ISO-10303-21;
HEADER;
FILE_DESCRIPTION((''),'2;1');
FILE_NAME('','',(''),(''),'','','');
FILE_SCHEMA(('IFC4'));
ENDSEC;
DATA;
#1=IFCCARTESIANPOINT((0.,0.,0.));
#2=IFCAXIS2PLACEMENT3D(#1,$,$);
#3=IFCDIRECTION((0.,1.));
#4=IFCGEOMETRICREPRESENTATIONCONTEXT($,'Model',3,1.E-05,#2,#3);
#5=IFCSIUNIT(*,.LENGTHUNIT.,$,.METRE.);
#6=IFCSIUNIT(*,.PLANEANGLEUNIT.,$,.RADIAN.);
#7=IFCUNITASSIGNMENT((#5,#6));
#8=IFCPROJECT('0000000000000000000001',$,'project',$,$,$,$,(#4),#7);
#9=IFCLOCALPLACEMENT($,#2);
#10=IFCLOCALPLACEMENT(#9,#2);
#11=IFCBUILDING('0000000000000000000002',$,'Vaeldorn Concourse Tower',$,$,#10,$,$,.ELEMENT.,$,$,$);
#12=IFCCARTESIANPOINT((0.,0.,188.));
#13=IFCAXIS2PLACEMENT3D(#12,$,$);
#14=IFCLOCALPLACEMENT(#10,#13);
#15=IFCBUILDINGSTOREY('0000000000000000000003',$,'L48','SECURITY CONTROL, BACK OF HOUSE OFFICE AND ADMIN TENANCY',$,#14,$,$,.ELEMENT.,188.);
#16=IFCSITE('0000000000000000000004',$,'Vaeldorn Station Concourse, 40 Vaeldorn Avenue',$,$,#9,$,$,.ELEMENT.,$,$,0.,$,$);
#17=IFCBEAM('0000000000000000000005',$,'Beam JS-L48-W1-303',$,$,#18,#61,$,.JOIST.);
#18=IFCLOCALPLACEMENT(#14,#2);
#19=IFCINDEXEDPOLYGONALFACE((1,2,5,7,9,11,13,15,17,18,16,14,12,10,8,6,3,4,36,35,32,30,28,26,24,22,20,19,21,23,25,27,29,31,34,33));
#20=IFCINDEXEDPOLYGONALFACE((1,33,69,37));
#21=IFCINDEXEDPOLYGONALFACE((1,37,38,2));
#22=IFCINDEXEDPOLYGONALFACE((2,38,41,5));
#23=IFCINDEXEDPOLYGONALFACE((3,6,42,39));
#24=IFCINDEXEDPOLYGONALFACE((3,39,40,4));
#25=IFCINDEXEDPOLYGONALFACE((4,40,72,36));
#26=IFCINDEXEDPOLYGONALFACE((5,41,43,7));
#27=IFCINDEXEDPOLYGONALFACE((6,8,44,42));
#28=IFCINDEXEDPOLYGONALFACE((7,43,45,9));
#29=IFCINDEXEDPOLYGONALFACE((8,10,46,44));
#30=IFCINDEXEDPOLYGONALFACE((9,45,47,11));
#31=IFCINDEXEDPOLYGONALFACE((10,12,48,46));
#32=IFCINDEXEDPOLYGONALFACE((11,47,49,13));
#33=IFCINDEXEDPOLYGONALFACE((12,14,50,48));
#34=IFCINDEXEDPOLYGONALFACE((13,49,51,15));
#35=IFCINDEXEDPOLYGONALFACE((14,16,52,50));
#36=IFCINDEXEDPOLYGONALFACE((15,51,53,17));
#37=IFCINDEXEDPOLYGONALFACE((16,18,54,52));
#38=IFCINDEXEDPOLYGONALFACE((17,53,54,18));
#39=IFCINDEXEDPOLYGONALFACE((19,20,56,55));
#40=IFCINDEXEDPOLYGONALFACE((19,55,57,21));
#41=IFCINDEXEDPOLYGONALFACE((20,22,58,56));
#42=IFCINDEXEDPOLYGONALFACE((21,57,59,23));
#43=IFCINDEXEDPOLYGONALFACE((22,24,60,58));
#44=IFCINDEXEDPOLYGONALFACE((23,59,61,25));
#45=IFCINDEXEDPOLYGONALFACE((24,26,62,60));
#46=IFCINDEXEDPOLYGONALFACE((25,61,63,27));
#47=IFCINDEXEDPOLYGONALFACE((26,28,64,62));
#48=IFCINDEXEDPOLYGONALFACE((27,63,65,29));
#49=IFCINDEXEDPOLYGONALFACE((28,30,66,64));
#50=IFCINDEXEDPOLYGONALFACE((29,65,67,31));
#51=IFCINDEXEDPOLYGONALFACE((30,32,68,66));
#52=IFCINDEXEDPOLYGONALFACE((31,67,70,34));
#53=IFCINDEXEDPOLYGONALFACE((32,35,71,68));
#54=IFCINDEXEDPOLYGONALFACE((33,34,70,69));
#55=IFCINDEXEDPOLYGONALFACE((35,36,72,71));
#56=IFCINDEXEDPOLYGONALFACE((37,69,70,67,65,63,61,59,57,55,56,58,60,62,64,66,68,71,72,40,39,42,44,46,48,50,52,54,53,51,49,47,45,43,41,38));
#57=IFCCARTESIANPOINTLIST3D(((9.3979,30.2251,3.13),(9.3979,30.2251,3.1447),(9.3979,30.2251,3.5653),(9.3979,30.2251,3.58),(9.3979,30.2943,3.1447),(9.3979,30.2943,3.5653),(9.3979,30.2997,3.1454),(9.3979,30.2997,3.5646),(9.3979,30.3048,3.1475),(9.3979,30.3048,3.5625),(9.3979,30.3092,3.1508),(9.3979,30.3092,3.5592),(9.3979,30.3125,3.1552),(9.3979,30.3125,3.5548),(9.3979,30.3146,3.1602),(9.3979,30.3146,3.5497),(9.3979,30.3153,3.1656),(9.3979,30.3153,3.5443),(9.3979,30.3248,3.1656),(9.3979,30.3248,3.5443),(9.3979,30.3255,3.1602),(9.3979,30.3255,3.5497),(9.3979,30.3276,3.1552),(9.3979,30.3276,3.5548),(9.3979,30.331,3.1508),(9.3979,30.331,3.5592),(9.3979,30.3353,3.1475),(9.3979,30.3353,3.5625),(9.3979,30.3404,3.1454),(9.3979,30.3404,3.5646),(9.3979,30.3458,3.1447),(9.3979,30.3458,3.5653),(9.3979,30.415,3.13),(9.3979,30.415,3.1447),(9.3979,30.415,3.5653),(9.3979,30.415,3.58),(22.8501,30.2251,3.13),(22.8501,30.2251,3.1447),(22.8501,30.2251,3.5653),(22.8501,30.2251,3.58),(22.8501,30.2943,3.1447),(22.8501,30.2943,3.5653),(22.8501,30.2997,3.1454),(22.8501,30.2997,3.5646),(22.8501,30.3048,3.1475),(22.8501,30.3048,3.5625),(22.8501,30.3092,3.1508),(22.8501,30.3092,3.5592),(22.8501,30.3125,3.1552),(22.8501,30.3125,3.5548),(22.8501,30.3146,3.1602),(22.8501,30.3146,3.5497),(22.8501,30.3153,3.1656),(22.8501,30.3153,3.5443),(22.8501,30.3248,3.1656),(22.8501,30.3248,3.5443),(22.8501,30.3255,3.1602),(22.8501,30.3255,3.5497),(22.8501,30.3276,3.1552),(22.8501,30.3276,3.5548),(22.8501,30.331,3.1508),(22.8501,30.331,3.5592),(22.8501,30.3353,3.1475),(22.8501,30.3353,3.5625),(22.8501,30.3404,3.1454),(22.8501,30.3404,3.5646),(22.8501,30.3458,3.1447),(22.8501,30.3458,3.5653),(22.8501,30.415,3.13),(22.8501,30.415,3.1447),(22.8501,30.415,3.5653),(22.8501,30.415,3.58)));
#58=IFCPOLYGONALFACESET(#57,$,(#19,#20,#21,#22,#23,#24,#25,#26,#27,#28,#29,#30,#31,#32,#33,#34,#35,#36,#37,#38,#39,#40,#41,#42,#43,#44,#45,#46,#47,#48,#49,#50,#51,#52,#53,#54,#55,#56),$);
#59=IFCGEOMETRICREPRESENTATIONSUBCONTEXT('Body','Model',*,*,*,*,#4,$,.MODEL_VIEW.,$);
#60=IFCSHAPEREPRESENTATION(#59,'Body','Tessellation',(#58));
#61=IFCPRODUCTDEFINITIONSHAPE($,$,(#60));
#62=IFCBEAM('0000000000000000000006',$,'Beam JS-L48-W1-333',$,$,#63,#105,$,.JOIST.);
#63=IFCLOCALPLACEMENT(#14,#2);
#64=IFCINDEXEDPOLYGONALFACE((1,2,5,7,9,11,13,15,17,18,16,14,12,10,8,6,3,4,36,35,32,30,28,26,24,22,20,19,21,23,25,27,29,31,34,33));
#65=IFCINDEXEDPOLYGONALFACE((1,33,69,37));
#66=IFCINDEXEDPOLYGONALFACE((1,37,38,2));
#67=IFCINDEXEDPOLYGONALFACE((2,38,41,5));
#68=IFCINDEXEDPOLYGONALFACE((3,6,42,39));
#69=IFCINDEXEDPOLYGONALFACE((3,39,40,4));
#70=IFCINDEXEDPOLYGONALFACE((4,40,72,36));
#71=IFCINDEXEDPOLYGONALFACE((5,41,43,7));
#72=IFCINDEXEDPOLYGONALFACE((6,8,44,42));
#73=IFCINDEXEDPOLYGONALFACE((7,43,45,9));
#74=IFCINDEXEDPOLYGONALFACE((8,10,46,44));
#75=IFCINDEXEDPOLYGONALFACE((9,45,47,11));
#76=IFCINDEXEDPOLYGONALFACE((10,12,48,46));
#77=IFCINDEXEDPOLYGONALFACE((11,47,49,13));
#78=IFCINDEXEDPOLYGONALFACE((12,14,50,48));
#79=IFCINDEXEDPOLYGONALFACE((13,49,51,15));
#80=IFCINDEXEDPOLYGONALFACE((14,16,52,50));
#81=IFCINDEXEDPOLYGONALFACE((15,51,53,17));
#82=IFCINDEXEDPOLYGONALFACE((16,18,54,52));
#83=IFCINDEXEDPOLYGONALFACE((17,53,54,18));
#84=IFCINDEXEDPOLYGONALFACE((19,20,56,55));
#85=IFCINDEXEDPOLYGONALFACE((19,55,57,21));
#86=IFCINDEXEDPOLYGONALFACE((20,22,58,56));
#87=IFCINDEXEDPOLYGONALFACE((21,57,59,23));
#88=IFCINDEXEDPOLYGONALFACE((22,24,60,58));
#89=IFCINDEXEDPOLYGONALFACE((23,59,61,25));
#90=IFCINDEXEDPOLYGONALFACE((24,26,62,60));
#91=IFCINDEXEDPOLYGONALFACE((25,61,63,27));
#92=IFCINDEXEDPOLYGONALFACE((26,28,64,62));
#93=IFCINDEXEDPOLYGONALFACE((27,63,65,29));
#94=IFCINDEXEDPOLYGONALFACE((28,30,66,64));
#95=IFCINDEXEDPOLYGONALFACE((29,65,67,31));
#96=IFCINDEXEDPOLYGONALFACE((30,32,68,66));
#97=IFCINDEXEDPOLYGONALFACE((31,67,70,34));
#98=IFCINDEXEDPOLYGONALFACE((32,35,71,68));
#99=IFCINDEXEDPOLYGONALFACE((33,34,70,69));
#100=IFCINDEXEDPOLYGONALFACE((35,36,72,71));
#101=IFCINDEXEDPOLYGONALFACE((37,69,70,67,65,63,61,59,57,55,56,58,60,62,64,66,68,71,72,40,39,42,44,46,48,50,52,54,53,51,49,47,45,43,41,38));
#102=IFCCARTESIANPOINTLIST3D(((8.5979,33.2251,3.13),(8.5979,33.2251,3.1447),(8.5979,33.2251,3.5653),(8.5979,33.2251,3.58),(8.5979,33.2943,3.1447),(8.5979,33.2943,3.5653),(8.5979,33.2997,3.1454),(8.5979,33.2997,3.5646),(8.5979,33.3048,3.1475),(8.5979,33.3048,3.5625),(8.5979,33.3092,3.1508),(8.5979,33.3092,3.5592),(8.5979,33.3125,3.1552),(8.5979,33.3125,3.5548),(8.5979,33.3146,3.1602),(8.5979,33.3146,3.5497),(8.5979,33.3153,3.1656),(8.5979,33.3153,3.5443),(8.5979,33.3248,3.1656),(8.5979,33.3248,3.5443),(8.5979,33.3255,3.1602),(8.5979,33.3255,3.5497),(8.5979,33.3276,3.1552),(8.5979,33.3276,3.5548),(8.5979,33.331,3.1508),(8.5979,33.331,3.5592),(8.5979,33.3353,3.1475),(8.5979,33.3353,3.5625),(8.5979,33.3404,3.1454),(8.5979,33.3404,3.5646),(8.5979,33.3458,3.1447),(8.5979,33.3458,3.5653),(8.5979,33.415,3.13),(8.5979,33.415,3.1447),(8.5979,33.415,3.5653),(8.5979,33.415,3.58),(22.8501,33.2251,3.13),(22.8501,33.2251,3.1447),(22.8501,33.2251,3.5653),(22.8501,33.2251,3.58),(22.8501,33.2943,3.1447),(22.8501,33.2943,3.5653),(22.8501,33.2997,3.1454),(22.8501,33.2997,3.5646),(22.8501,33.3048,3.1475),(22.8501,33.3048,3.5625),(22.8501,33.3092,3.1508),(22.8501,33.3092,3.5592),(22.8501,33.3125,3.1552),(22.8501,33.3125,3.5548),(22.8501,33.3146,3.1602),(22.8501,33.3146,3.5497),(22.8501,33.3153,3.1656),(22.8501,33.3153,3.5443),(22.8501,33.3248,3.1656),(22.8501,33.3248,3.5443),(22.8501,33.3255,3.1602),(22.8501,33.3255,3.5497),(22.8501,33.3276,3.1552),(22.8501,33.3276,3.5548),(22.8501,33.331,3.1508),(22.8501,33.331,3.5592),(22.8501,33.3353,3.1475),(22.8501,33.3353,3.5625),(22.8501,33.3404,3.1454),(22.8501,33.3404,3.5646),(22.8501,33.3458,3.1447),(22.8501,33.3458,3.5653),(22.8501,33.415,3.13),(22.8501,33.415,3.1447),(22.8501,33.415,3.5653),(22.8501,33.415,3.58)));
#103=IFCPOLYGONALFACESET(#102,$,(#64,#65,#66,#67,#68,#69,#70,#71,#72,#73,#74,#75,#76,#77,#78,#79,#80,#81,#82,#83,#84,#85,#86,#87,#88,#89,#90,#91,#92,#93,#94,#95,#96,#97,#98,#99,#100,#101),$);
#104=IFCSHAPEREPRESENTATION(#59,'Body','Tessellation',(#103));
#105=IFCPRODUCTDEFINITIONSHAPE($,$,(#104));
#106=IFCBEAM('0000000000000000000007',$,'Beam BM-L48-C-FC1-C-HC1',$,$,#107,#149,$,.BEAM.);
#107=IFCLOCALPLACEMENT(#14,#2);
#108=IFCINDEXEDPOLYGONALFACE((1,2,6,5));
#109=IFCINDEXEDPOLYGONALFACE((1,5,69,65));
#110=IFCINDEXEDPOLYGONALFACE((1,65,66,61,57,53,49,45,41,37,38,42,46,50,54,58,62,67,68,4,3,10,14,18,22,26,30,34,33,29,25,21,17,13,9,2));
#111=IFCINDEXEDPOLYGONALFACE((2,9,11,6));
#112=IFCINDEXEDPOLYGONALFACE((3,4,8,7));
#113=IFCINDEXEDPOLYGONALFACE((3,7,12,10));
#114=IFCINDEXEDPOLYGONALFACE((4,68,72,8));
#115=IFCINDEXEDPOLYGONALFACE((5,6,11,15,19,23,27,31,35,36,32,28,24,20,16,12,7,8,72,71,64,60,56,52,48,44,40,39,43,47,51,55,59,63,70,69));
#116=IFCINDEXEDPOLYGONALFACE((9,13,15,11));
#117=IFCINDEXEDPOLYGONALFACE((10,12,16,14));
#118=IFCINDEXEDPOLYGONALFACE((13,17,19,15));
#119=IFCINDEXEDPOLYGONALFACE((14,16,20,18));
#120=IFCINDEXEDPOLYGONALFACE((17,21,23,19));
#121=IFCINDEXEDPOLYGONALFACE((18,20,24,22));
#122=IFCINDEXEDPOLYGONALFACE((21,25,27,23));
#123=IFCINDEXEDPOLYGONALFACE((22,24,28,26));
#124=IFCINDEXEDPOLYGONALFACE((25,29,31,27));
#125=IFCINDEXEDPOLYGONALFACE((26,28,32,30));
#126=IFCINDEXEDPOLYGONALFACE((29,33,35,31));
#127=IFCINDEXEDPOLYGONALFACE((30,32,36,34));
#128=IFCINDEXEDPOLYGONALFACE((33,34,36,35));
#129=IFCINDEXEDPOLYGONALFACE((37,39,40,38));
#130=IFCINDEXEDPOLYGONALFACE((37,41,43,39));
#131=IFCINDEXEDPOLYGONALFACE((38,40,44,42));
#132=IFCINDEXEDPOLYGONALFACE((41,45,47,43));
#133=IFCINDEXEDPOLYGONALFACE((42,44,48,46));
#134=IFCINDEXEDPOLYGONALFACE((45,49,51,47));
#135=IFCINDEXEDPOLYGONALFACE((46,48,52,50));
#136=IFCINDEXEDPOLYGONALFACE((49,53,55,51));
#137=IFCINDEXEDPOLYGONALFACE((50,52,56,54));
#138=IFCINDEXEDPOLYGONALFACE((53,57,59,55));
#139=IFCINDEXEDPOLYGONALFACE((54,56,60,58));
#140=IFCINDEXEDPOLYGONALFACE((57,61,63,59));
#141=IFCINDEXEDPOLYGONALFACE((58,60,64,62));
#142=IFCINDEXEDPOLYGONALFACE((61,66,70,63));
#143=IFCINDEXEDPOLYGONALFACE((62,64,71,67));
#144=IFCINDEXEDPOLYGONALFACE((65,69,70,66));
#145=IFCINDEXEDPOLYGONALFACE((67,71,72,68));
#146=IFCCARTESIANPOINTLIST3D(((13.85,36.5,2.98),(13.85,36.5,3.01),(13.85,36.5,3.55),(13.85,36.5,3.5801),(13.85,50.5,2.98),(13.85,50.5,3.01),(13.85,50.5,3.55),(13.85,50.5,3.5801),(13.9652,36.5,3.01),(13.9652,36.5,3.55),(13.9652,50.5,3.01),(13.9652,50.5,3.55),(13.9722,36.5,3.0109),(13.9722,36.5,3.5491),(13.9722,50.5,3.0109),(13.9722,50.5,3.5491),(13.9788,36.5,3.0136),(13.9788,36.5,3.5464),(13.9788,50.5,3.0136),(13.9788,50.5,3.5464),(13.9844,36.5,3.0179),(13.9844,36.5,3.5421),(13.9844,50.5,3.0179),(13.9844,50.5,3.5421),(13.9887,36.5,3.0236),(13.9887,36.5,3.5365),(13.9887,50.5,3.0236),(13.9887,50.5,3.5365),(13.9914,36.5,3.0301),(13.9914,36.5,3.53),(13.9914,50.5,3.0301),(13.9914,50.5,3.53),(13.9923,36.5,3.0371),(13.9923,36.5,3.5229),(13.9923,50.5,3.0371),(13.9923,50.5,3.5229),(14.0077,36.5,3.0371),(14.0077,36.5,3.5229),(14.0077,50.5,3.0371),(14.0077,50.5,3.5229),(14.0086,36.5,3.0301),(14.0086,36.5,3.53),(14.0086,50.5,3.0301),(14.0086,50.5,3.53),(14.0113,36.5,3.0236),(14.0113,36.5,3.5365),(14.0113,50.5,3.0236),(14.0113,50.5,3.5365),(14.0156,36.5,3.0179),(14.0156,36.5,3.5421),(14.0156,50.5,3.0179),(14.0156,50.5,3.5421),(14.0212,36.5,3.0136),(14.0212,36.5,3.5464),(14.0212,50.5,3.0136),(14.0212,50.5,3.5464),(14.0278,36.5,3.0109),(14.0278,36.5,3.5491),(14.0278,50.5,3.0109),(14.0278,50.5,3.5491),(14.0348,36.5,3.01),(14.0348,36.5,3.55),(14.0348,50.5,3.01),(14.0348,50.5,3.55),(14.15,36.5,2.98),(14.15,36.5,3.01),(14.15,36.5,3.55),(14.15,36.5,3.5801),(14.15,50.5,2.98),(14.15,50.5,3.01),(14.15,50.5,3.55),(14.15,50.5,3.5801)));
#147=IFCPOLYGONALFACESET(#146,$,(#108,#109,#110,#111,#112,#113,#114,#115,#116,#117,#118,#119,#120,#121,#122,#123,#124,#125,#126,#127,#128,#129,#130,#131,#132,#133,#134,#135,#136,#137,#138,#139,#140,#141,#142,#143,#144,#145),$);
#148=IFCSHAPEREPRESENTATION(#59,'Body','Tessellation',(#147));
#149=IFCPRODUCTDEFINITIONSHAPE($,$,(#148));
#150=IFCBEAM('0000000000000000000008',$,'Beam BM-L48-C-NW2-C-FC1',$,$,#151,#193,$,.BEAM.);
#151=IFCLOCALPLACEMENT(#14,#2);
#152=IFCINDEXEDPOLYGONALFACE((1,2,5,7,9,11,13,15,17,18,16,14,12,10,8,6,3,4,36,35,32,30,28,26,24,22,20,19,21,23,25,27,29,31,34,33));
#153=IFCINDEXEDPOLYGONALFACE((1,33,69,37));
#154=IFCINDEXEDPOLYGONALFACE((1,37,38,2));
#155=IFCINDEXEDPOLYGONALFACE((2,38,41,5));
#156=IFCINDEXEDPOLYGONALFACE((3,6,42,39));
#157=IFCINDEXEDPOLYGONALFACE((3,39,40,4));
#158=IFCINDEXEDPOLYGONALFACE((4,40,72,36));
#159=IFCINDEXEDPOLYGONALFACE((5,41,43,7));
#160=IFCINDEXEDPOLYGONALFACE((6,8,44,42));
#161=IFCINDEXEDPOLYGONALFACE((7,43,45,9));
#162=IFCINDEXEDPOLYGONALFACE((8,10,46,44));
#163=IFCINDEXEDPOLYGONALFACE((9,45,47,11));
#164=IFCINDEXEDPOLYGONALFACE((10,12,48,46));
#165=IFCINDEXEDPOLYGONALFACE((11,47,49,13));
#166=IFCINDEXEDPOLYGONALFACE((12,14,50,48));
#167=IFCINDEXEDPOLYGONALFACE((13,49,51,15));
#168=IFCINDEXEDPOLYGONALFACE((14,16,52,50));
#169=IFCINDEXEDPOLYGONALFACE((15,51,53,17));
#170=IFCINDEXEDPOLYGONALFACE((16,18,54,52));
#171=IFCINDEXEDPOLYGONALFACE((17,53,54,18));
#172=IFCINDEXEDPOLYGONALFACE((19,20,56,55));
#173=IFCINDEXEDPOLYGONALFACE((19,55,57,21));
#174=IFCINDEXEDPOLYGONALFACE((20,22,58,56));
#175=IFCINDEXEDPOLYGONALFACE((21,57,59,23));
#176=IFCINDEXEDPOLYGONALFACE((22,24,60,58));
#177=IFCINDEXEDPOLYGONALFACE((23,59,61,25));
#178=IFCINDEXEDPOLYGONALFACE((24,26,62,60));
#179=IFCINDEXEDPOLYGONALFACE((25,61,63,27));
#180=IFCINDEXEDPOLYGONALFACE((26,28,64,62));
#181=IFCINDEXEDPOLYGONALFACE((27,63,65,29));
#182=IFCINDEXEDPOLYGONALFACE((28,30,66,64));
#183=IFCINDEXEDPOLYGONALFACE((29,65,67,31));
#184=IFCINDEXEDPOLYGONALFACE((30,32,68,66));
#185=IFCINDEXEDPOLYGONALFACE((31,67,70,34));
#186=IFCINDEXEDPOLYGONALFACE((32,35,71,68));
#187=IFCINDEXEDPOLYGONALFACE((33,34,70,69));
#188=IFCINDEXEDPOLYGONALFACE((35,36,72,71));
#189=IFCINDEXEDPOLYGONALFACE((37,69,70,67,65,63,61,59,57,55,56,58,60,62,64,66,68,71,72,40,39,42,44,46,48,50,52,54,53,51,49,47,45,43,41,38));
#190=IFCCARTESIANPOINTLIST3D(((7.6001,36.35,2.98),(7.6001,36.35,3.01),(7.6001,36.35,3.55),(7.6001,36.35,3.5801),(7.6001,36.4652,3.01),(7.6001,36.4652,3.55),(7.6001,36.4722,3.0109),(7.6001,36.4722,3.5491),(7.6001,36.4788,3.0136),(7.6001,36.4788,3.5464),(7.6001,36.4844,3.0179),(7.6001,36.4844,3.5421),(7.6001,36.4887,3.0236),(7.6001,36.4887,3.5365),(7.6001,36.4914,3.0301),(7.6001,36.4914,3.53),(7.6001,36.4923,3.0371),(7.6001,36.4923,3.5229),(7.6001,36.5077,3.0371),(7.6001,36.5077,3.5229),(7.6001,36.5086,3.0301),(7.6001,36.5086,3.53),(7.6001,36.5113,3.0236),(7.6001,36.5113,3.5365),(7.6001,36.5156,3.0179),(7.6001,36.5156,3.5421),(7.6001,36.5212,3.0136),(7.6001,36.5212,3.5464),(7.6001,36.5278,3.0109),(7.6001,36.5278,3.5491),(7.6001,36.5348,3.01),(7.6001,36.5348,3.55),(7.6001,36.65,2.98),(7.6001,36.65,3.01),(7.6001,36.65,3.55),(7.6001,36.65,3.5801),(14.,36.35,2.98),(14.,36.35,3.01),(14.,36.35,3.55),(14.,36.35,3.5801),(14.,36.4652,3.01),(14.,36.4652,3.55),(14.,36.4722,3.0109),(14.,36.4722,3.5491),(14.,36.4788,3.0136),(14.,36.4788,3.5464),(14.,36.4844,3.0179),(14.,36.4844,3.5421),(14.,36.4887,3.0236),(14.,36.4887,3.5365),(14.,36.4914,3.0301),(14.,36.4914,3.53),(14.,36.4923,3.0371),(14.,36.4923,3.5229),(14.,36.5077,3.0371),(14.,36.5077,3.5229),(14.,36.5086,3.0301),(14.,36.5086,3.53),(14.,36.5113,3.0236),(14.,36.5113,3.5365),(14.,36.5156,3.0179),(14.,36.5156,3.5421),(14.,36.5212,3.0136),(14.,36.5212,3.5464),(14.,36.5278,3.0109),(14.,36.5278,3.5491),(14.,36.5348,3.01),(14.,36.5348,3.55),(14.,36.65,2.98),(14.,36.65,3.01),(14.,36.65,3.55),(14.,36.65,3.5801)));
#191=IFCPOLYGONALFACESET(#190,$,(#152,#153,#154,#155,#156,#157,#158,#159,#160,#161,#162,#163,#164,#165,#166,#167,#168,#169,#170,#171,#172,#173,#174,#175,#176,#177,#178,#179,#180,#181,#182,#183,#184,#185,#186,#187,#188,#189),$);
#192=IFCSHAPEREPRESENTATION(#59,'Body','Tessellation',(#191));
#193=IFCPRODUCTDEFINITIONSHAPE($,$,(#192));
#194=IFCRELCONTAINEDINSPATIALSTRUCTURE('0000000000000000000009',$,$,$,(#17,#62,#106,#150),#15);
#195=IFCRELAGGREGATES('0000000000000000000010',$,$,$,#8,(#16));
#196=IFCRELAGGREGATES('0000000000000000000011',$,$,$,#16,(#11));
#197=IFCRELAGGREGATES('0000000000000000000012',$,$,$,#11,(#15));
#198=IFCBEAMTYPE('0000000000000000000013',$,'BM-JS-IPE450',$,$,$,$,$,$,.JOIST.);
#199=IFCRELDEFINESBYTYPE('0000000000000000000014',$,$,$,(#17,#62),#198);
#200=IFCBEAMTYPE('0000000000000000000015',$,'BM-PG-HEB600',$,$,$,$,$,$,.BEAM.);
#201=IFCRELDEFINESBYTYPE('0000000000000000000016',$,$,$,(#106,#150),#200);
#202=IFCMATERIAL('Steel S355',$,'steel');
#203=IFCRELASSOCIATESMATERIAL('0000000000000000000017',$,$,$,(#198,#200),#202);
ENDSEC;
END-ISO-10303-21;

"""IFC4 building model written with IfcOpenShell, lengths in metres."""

from ifc_helpers import new_model, si_unit, direction, frame, origin, origin_2d, place, context, subcontext, project, spatial, i_section, extrude, source, transform, mapped, material, material_profile, profile_set, type_object, element, save


model = new_model("IFC4")

# Units and contexts
model_context = context("Model", 3, precision=1e-05, world=origin(), true_north=direction((0.0, 1.0)))
body_context = subcontext(model_context, "Body", "Model", "MODEL_VIEW")
ifc_project = project(units=[si_unit("LENGTHUNIT", "METRE"), si_unit("PLANEANGLEUNIT", "RADIAN")], contexts=[model_context])

# Site, building, storey
site_placement = place(None, origin())
site = spatial("IfcSite", under=ifc_project, at=site_placement, Name="Vaeldorn Station Concourse, 40 Vaeldorn Avenue", CompositionType="ELEMENT", RefElevation=0.0)
building_placement = place(site_placement, origin())
building = spatial("IfcBuilding", under=site, at=building_placement, Name="Vaeldorn Concourse Tower", CompositionType="ELEMENT")
storey_placement = place(building_placement, frame((0.0, 0.0, 188.0)))
storey = spatial("IfcBuildingStorey", under=building, at=storey_placement, Name="L48", Description="SECURITY CONTROL, BACK OF HOUSE OFFICE AND ADMIN TENANCY", CompositionType="ELEMENT", Elevation=188.0)

# Beams
ifc_material_1 = material(Name="Steel S355", Category="steel")
ifc_material_profile_1 = material_profile(ifc_material_1, i_section(OverallWidth=0.1899, OverallDepth=0.45, WebThickness=0.0095, FlangeThickness=0.0146, FilletRadius=0.021, at=origin_2d()), Name="IPE 450")
ifc_profile_set_1 = profile_set([ifc_material_profile_1], Name="Steel S355")
beam_type_1 = type_object("IfcBeamType", Name="BM-JS-IPE450", PredefinedType="JOIST", material=ifc_profile_set_1)
shared_shape_1 = source(origin(), body_context, "Body", "SweptSolid", [
    extrude(i_section(OverallWidth=0.1899, OverallDepth=0.45, WebThickness=0.0095, FlangeThickness=0.0146, FilletRadius=0.021, at=origin_2d()), origin(), (0.0, 0.0, 1.0), 13.4521),
])
beam_1_placement = place(storey_placement, frame((9.3979, 30.3201, 3.355), z_axis=(1.0, 0.0, 0.0), x_axis=(0.0, 1.0, 0.0)))
element("IfcBeam", 1, at=beam_1_placement, inside=storey, type_object=beam_type_1, Name="Beam JS-L48-W1-303", PredefinedType="JOIST", context=body_context, shape_type="MappedRepresentation", body=[
    mapped(shared_shape_1, transform((0.0, 0.0, 0.0), scale=1.0)),
])
shared_shape_2 = source(origin(), body_context, "Body", "SweptSolid", [
    extrude(i_section(OverallWidth=0.1899, OverallDepth=0.45, WebThickness=0.0095, FlangeThickness=0.0146, FilletRadius=0.021, at=origin_2d()), origin(), (0.0, 0.0, 1.0), 14.2522),
])
beam_2_placement = place(storey_placement, frame((8.5979, 33.3201, 3.355), z_axis=(1.0, 0.0, 0.0), x_axis=(0.0, 1.0, 0.0)))
element("IfcBeam", 2, at=beam_2_placement, inside=storey, type_object=beam_type_1, Name="Beam JS-L48-W1-333", PredefinedType="JOIST", context=body_context, shape_type="MappedRepresentation", body=[
    mapped(shared_shape_2, transform((0.0, 0.0, 0.0), scale=1.0)),
])
ifc_material_profile_2 = material_profile(ifc_material_1, i_section(OverallWidth=0.3, OverallDepth=0.6001, WebThickness=0.0154, FlangeThickness=0.03, FilletRadius=0.0271, at=origin_2d()), Name="HEB 600")
ifc_profile_set_2 = profile_set([ifc_material_profile_2], Name="Steel S355")
beam_type_2 = type_object("IfcBeamType", Name="BM-PG-HEB600", PredefinedType="BEAM", material=ifc_profile_set_2)
shared_shape_3 = source(origin(), body_context, "Body", "SweptSolid", [
    extrude(i_section(OverallWidth=0.3, OverallDepth=0.6001, WebThickness=0.0154, FlangeThickness=0.03, FilletRadius=0.0271, at=origin_2d()), origin(), (0.0, 0.0, 1.0), 14.0),
])
beam_3_placement = place(storey_placement, frame((14.0, 36.5, 3.28), z_axis=(0.0, 1.0, 0.0), x_axis=(-1.0, 0.0, 0.0)))
element("IfcBeam", 3, at=beam_3_placement, inside=storey, type_object=beam_type_2, Name="Beam BM-L48-C-FC1-C-HC1", PredefinedType="BEAM", context=body_context, shape_type="MappedRepresentation", body=[
    mapped(shared_shape_3, transform((0.0, 0.0, 0.0), scale=1.0)),
])
shared_shape_4 = source(origin(), body_context, "Body", "SweptSolid", [
    extrude(i_section(OverallWidth=0.3, OverallDepth=0.6001, WebThickness=0.0154, FlangeThickness=0.03, FilletRadius=0.0271, at=origin_2d()), origin(), (0.0, 0.0, 1.0), 6.3999),
])
beam_4_placement = place(storey_placement, frame((7.6001, 36.5, 3.28), z_axis=(1.0, 0.0, 0.0), x_axis=(0.0, 1.0, 0.0)))
element("IfcBeam", 4, at=beam_4_placement, inside=storey, type_object=beam_type_2, Name="Beam BM-L48-C-NW2-C-FC1", PredefinedType="BEAM", context=body_context, shape_type="MappedRepresentation", body=[
    mapped(shared_shape_4, transform((0.0, 0.0, 0.0), scale=1.0)),
])

save(model, "model.ifc")
